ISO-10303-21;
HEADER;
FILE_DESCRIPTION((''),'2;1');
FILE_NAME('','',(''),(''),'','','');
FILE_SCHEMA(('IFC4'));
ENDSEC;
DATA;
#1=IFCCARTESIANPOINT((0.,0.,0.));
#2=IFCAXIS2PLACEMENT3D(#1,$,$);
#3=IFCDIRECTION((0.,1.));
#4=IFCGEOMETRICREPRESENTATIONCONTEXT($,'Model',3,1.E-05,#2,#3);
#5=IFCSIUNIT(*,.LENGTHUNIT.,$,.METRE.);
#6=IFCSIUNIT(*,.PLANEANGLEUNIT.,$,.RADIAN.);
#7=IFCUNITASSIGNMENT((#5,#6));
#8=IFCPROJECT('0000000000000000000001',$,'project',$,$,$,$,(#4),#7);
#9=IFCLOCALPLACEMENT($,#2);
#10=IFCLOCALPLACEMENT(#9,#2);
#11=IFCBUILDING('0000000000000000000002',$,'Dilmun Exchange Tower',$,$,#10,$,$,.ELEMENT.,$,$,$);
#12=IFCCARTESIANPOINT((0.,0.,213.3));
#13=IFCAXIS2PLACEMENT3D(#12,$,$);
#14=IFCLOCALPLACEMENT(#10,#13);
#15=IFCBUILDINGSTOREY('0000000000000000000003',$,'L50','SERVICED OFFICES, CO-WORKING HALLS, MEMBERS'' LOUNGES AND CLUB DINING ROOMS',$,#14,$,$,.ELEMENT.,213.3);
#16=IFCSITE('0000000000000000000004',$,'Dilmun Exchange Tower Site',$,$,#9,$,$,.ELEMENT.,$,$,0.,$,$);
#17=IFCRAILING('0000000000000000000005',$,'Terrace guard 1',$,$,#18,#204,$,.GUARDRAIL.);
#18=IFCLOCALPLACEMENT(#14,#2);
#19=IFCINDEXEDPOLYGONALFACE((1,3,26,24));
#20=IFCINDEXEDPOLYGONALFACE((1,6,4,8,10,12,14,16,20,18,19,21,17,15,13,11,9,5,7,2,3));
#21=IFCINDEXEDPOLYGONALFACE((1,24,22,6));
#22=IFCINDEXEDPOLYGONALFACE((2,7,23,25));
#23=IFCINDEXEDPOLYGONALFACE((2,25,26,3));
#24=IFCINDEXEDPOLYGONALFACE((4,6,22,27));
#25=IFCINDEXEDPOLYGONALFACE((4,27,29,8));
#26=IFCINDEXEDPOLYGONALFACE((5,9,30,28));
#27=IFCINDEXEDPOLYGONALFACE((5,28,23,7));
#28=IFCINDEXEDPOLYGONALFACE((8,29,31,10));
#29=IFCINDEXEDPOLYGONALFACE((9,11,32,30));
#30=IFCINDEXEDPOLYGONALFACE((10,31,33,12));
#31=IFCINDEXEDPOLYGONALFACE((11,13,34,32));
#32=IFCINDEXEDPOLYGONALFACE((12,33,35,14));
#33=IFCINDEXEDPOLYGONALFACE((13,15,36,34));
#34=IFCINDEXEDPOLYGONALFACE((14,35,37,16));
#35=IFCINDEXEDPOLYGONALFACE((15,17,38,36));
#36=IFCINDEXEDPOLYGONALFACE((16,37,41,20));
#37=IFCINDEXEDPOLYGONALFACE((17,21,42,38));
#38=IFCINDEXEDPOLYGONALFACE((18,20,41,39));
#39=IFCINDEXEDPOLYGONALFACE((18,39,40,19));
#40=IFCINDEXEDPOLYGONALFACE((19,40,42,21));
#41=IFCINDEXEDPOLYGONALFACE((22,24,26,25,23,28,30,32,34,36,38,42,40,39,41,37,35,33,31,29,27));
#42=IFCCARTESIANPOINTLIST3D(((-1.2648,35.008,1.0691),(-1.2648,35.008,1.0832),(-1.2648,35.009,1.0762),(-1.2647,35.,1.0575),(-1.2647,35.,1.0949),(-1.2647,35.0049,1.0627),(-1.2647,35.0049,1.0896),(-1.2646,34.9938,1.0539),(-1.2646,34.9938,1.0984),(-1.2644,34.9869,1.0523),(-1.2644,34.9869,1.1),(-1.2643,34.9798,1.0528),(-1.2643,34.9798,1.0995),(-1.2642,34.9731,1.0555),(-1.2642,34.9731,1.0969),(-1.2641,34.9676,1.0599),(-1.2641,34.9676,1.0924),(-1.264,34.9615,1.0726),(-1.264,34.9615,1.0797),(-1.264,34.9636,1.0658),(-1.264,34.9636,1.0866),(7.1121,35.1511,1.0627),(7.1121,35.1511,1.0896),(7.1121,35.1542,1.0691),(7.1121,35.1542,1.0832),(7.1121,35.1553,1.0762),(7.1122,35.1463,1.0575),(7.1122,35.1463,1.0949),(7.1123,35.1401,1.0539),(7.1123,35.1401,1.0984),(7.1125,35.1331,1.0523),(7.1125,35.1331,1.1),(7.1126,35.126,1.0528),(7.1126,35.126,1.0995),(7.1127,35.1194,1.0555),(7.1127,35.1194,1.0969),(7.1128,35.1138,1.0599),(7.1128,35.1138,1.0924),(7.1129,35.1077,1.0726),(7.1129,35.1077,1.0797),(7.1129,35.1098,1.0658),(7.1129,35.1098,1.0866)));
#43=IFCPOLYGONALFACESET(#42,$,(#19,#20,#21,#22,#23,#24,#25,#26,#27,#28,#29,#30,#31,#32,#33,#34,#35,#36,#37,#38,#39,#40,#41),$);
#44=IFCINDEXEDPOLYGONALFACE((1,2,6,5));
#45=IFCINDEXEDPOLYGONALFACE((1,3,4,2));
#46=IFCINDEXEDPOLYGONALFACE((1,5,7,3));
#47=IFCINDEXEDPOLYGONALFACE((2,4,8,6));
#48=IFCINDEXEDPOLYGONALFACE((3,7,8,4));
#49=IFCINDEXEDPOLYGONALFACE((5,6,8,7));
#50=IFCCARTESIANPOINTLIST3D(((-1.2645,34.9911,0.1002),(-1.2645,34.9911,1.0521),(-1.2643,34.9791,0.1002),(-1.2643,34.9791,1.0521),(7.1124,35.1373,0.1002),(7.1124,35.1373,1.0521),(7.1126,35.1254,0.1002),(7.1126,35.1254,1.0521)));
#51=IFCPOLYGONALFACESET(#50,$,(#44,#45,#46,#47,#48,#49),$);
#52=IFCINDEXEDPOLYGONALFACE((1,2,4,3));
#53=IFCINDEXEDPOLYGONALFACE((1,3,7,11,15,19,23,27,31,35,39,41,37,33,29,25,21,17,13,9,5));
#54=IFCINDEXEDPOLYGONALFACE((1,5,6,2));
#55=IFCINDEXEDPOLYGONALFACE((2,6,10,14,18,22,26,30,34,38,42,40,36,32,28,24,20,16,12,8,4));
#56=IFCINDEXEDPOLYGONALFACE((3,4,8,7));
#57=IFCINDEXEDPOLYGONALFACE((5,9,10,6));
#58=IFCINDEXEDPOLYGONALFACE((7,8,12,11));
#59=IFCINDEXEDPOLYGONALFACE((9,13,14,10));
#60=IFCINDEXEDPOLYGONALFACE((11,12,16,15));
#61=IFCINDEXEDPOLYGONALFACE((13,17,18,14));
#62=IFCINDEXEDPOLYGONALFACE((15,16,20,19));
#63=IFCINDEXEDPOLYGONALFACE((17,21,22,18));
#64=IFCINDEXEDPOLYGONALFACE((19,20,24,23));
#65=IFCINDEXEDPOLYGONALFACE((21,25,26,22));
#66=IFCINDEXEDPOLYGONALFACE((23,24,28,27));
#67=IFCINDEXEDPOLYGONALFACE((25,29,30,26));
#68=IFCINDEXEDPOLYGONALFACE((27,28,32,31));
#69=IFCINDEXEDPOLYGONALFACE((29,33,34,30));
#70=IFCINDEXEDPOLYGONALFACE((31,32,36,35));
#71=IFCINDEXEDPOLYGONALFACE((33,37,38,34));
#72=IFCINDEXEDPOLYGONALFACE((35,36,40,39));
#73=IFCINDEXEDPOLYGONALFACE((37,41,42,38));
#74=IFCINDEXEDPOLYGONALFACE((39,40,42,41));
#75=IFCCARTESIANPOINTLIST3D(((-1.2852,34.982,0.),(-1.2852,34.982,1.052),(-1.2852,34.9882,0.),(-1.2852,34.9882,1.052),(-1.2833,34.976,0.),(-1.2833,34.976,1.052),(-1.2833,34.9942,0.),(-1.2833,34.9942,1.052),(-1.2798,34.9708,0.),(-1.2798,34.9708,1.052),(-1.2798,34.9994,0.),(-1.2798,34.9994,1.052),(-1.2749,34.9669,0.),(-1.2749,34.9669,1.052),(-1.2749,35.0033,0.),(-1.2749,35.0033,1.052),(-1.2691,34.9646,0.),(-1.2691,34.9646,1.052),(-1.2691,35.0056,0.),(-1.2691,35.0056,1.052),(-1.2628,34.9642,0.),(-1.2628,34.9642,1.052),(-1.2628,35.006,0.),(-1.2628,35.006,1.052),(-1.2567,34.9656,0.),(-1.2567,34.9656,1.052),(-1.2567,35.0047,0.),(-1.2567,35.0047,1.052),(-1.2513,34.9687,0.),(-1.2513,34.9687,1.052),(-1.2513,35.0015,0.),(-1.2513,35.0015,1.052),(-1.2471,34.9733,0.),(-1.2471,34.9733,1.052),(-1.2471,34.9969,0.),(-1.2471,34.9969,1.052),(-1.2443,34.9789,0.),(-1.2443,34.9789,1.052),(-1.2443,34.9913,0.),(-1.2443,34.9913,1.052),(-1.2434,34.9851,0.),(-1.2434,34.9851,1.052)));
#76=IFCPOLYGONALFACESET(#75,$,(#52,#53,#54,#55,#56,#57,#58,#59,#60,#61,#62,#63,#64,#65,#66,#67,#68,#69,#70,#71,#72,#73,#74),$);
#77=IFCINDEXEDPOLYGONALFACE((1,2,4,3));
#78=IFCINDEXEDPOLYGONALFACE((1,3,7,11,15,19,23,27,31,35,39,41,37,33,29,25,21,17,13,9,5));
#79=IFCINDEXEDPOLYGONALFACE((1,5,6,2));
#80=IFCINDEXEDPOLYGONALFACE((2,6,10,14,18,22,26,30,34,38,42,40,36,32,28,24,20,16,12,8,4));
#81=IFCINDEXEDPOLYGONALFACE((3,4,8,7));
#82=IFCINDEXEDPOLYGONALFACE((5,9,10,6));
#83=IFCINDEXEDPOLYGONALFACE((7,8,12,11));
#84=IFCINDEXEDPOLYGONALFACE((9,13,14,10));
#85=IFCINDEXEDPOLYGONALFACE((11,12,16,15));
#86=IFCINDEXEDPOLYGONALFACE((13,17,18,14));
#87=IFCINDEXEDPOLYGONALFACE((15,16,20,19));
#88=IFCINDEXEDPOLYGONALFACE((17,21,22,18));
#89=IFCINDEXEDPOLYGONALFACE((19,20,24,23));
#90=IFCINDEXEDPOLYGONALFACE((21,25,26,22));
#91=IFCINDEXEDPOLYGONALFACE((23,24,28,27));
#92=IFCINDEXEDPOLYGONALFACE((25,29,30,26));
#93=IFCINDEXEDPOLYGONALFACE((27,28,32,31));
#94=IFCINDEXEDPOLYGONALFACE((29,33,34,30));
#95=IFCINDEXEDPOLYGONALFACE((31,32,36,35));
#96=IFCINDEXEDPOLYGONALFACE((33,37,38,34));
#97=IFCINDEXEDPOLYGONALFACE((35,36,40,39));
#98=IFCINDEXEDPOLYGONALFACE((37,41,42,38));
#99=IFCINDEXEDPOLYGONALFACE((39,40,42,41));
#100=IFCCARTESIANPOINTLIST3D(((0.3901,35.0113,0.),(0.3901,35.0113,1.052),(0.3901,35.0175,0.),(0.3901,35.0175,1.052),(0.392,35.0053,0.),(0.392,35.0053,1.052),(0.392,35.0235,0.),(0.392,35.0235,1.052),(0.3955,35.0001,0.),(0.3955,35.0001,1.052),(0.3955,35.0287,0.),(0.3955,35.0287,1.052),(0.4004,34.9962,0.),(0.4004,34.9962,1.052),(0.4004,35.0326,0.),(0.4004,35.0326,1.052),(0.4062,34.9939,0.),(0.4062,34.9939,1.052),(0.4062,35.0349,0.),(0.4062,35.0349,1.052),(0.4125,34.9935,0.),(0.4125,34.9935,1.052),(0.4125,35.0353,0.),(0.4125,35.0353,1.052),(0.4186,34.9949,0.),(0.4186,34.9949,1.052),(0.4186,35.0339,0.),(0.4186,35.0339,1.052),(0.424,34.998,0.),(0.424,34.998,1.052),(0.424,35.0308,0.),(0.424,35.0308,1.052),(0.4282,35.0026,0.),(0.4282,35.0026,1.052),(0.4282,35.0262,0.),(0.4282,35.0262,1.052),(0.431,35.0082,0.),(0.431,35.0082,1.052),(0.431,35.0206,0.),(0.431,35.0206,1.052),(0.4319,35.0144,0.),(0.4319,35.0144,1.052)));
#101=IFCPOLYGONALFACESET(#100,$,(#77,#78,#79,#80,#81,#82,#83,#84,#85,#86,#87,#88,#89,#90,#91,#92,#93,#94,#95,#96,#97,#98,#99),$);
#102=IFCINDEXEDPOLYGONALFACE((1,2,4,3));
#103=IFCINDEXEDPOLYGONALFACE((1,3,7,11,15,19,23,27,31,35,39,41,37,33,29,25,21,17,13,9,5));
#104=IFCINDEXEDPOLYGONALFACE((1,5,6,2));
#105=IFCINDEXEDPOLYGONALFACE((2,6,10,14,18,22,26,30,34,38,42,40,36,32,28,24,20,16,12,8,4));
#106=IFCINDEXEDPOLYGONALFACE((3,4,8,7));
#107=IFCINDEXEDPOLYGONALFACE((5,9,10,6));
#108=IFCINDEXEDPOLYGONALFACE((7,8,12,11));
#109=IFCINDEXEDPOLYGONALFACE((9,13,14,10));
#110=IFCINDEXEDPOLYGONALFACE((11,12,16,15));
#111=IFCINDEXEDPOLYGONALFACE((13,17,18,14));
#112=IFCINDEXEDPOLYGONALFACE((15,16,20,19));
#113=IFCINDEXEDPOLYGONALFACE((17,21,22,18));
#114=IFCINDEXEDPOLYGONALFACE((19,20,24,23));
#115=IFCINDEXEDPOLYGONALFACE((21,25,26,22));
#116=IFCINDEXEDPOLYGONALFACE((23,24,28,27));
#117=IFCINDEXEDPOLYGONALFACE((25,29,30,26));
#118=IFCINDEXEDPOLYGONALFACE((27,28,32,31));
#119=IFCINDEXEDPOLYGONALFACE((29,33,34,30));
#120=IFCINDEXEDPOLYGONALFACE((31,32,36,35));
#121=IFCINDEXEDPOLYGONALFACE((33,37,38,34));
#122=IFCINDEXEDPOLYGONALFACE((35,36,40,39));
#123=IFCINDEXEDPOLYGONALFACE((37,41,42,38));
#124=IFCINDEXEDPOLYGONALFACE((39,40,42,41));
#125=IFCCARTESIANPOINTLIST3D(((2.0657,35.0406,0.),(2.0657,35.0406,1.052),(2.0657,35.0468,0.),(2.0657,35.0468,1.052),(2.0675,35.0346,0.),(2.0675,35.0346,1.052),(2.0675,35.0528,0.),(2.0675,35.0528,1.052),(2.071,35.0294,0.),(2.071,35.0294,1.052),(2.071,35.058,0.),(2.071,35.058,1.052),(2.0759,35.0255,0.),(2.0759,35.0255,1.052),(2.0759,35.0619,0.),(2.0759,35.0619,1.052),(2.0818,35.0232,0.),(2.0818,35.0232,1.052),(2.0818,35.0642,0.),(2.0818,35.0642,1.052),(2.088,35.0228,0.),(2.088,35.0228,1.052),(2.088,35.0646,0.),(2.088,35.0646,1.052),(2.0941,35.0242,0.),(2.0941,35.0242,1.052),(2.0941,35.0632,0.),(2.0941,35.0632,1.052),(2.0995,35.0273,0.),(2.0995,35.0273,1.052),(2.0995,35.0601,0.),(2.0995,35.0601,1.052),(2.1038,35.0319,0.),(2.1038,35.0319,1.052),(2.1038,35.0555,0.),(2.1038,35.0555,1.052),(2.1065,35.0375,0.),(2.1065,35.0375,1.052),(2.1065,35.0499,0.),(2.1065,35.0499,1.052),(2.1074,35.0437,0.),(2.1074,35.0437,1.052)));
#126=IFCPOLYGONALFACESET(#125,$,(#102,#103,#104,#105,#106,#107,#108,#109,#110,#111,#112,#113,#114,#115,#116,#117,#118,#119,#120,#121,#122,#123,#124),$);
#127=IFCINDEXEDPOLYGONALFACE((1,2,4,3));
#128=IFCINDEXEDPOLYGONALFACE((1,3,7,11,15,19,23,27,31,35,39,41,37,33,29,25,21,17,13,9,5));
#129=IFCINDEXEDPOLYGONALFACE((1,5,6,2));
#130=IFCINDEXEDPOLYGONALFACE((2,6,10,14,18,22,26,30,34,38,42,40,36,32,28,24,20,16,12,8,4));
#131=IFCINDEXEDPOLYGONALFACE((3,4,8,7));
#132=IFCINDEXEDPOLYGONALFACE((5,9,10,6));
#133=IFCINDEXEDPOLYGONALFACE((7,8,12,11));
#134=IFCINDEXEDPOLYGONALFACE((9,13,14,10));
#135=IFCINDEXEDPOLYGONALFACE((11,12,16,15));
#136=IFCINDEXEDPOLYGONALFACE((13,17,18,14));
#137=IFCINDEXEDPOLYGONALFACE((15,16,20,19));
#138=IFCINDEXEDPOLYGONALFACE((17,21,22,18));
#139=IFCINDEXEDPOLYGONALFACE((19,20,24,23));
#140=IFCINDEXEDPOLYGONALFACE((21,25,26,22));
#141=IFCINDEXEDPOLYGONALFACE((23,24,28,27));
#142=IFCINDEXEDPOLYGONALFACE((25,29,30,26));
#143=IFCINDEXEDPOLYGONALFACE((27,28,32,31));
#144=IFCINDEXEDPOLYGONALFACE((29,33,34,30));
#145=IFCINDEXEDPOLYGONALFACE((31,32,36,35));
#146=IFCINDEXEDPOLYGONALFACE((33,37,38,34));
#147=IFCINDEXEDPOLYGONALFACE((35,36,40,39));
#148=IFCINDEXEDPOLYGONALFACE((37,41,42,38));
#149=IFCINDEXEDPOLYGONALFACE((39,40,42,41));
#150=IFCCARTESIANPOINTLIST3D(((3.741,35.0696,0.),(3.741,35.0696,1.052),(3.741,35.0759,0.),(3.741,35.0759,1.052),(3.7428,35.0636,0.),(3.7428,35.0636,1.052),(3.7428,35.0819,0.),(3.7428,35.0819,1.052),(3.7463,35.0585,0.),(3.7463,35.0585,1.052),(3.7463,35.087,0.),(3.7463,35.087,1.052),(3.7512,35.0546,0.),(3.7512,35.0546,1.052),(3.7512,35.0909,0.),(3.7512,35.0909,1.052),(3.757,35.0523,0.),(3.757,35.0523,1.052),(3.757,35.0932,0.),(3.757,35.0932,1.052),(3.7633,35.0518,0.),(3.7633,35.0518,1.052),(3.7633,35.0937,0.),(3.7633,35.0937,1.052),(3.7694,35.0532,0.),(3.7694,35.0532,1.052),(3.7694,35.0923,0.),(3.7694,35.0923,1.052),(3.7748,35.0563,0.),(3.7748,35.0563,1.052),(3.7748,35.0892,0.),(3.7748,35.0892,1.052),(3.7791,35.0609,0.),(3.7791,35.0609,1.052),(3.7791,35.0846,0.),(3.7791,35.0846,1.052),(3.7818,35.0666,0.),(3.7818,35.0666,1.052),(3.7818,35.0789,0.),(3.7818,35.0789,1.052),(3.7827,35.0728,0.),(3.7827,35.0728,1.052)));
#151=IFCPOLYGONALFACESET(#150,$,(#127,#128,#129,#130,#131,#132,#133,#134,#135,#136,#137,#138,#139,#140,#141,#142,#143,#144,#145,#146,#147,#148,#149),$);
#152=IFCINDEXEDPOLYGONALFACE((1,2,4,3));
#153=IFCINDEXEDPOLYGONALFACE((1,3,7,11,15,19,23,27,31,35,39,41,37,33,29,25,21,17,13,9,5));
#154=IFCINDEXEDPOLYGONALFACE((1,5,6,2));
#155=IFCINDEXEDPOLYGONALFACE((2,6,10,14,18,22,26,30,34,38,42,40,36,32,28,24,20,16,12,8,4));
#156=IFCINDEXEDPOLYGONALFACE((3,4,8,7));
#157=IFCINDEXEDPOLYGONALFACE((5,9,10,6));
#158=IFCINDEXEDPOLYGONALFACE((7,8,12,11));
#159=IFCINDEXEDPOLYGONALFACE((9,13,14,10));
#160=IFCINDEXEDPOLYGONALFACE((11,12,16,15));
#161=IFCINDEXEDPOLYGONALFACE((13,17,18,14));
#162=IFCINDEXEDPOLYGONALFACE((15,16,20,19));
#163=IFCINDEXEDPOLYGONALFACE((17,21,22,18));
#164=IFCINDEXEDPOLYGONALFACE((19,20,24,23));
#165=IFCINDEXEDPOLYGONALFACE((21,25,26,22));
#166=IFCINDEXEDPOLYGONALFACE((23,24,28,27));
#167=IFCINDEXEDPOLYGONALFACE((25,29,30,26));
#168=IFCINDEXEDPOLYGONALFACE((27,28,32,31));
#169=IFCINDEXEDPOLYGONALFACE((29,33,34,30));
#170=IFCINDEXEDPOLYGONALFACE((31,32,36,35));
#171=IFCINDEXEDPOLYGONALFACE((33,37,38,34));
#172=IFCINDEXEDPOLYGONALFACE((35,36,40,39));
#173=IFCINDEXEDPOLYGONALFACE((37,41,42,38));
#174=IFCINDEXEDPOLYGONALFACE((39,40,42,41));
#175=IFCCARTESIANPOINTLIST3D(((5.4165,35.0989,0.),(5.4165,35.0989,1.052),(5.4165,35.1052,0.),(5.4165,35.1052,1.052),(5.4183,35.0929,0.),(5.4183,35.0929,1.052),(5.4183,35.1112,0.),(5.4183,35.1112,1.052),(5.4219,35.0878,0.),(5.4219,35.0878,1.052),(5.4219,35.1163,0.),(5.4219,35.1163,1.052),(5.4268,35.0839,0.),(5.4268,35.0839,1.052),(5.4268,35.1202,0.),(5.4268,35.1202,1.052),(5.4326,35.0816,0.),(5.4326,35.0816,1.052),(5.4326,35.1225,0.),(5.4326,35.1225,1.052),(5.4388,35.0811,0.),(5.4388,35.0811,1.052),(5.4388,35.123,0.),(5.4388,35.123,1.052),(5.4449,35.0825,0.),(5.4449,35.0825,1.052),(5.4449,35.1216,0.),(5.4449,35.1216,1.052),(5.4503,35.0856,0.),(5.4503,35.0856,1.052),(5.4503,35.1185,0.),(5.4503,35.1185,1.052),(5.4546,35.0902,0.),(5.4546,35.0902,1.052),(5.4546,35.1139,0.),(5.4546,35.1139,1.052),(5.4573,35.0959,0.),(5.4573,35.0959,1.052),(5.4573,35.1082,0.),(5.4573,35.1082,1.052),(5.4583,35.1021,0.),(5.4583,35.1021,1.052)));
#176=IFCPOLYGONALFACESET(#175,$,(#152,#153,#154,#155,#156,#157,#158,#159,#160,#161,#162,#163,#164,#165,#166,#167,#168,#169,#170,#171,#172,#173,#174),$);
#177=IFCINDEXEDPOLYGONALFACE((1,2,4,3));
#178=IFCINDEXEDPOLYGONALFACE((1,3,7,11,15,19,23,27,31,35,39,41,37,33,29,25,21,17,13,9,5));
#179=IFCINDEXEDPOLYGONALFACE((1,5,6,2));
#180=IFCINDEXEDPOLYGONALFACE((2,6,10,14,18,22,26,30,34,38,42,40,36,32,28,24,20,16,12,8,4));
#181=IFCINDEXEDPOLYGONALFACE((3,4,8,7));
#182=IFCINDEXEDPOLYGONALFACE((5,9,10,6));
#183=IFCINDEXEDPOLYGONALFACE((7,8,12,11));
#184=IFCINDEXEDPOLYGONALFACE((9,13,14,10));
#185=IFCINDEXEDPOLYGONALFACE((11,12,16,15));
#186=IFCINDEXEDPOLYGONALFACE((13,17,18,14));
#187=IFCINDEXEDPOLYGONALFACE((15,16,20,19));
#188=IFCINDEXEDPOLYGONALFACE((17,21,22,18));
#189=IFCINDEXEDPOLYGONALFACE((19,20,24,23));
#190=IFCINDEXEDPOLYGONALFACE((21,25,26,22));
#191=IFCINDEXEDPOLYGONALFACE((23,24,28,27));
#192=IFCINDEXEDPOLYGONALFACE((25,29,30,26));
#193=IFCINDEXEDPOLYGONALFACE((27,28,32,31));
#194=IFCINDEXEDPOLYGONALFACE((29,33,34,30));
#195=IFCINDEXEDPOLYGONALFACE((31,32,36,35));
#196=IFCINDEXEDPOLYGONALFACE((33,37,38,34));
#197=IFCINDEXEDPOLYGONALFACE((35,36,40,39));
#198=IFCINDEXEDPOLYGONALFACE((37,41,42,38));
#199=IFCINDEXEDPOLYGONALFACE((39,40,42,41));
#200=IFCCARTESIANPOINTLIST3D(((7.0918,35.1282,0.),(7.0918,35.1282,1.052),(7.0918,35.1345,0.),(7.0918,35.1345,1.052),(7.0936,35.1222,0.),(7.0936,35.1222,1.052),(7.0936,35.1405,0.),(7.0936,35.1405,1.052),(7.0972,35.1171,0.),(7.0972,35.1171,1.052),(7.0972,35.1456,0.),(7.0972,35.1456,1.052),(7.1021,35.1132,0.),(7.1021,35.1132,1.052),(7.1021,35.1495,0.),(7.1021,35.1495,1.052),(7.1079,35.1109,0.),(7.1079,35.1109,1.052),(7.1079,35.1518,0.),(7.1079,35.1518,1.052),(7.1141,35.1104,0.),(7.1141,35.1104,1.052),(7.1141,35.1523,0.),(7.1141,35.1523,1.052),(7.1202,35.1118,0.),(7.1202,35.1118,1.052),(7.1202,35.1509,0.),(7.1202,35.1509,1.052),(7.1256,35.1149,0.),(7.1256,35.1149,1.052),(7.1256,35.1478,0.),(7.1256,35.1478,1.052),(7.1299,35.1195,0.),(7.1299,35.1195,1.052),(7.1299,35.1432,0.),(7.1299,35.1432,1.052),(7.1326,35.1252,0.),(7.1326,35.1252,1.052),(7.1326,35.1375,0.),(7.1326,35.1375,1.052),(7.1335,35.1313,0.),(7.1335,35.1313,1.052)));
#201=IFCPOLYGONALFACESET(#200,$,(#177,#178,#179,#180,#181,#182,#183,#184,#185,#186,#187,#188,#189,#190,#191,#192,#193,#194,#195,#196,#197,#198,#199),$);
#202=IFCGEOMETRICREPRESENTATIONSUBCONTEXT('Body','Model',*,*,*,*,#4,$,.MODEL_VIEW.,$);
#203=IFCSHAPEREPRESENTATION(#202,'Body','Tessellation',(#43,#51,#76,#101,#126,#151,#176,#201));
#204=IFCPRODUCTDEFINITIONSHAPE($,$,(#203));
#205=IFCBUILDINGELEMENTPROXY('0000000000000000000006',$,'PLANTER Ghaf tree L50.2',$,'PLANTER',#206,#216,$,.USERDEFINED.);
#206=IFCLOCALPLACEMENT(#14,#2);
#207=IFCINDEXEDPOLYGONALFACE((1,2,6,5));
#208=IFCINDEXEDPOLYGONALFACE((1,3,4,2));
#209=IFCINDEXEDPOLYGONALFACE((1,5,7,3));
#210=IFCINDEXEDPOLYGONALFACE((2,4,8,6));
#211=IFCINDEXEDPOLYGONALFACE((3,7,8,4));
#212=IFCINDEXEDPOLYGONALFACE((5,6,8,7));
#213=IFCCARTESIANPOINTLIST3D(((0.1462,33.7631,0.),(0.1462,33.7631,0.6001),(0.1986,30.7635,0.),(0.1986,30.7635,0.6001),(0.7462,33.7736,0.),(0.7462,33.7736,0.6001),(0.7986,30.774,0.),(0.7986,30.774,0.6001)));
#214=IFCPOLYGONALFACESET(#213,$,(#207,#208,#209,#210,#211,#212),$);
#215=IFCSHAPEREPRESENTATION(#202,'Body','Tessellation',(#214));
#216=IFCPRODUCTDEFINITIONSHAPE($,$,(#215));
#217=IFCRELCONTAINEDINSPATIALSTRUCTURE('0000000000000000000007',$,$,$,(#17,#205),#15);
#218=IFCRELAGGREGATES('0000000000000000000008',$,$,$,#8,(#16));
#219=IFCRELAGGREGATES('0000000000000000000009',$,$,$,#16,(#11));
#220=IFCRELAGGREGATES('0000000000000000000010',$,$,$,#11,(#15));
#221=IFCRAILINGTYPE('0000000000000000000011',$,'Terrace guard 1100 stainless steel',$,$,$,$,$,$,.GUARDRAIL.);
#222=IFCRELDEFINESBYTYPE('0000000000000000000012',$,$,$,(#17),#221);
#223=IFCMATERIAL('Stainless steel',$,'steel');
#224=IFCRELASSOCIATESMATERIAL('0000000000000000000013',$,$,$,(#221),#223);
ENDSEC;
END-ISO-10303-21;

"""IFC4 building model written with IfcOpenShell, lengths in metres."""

from ifc_helpers import new_model, si_unit, direction, frame, origin, origin_2d, place, context, subcontext, project, spatial, rectangle, circle, extrude, material, type_object, element, save


model = new_model("IFC4")

# Units and contexts
model_context = context("Model", 3, precision=1e-05, world=origin(), true_north=direction((0.0, 1.0)))
body_context = subcontext(model_context, "Body", "Model", "MODEL_VIEW")
ifc_project = project(units=[si_unit("LENGTHUNIT", "METRE"), si_unit("PLANEANGLEUNIT", "RADIAN")], contexts=[model_context])

# Site, building, storey
site_placement = place(None, origin())
site = spatial("IfcSite", under=ifc_project, at=site_placement, Name="Dilmun Exchange Tower Site", CompositionType="ELEMENT", RefElevation=0.0)
building_placement = place(site_placement, origin())
building = spatial("IfcBuilding", under=site, at=building_placement, Name="Dilmun Exchange Tower", CompositionType="ELEMENT")
storey_placement = place(building_placement, frame((0.0, 0.0, 213.3)))
storey = spatial("IfcBuildingStorey", under=building, at=storey_placement, Name="L50", Description="SERVICED OFFICES, CO-WORKING HALLS, MEMBERS' LOUNGES AND CLUB DINING ROOMS", CompositionType="ELEMENT", Elevation=213.3)

# Railing
ifc_material_1 = material(Name="Stainless steel", Category="steel")
railing_type = type_object("IfcRailingType", Name="Terrace guard 1100 stainless steel", PredefinedType="GUARDRAIL", material=ifc_material_1)
railing_placement = place(storey_placement, frame((-1.2644, 34.9851, 0.0)))
element("IfcRailing", 1, at=railing_placement, inside=storey, type_object=railing_type, Name="Terrace guard 1", PredefinedType="GUARDRAIL", context=body_context, shape_type="SweptSolid", body=[
    extrude(circle(Radius=0.0239, at=origin_2d()), frame((0.0, 0.0, 1.0762), z_axis=(0.999848, 0.017455, 0.0), x_axis=(-0.017455, 0.999848, 0.0)), (0.0, 0.0, 1.0), 8.3782),
    extrude(rectangle(XDim=0.012, YDim=0.9519, at=origin_2d()), frame((0.0, 0.0, 0.5762), z_axis=(0.999848, 0.017455, 0.0), x_axis=(-0.017455, 0.999848, 0.0)), (0.0, 0.0, 1.0), 8.3782),
    extrude(circle(Radius=0.021, at=origin_2d()), origin(), (0.0, 0.0, 1.0), 1.052),
    extrude(circle(Radius=0.021, at=origin_2d()), frame((1.6753, 0.0293, 0.0)), (0.0, 0.0, 1.0), 1.052),
    extrude(circle(Radius=0.021, at=origin_2d()), frame((3.3508, 0.0586, 0.0)), (0.0, 0.0, 1.0), 1.052),
    extrude(circle(Radius=0.021, at=origin_2d()), frame((5.0261, 0.0876, 0.0)), (0.0, 0.0, 1.0), 1.052),
    extrude(circle(Radius=0.021, at=origin_2d()), frame((6.7017, 0.1169, 0.0)), (0.0, 0.0, 1.0), 1.052),
    extrude(circle(Radius=0.021, at=origin_2d()), frame((8.377, 0.1462, 0.0)), (0.0, 0.0, 1.0), 1.052),
])

# Building element proxy
proxy_placement = place(storey_placement, frame((0.4724, 32.2686, 0.0), z_axis=(0.0, 0.0, 1.0), x_axis=(-0.017452, 0.999848, 0.0)))
element("IfcBuildingElementProxy", 2, at=proxy_placement, inside=storey, Name="PLANTER Ghaf tree L50.2", ObjectType="PLANTER", PredefinedType="USERDEFINED", context=body_context, shape_type="SweptSolid", body=[
    extrude(rectangle(XDim=3.0, YDim=0.6001, at=origin_2d()), origin(), (0.0, 0.0, 1.0), 0.6001),
])

save(model, "model.ifc")
